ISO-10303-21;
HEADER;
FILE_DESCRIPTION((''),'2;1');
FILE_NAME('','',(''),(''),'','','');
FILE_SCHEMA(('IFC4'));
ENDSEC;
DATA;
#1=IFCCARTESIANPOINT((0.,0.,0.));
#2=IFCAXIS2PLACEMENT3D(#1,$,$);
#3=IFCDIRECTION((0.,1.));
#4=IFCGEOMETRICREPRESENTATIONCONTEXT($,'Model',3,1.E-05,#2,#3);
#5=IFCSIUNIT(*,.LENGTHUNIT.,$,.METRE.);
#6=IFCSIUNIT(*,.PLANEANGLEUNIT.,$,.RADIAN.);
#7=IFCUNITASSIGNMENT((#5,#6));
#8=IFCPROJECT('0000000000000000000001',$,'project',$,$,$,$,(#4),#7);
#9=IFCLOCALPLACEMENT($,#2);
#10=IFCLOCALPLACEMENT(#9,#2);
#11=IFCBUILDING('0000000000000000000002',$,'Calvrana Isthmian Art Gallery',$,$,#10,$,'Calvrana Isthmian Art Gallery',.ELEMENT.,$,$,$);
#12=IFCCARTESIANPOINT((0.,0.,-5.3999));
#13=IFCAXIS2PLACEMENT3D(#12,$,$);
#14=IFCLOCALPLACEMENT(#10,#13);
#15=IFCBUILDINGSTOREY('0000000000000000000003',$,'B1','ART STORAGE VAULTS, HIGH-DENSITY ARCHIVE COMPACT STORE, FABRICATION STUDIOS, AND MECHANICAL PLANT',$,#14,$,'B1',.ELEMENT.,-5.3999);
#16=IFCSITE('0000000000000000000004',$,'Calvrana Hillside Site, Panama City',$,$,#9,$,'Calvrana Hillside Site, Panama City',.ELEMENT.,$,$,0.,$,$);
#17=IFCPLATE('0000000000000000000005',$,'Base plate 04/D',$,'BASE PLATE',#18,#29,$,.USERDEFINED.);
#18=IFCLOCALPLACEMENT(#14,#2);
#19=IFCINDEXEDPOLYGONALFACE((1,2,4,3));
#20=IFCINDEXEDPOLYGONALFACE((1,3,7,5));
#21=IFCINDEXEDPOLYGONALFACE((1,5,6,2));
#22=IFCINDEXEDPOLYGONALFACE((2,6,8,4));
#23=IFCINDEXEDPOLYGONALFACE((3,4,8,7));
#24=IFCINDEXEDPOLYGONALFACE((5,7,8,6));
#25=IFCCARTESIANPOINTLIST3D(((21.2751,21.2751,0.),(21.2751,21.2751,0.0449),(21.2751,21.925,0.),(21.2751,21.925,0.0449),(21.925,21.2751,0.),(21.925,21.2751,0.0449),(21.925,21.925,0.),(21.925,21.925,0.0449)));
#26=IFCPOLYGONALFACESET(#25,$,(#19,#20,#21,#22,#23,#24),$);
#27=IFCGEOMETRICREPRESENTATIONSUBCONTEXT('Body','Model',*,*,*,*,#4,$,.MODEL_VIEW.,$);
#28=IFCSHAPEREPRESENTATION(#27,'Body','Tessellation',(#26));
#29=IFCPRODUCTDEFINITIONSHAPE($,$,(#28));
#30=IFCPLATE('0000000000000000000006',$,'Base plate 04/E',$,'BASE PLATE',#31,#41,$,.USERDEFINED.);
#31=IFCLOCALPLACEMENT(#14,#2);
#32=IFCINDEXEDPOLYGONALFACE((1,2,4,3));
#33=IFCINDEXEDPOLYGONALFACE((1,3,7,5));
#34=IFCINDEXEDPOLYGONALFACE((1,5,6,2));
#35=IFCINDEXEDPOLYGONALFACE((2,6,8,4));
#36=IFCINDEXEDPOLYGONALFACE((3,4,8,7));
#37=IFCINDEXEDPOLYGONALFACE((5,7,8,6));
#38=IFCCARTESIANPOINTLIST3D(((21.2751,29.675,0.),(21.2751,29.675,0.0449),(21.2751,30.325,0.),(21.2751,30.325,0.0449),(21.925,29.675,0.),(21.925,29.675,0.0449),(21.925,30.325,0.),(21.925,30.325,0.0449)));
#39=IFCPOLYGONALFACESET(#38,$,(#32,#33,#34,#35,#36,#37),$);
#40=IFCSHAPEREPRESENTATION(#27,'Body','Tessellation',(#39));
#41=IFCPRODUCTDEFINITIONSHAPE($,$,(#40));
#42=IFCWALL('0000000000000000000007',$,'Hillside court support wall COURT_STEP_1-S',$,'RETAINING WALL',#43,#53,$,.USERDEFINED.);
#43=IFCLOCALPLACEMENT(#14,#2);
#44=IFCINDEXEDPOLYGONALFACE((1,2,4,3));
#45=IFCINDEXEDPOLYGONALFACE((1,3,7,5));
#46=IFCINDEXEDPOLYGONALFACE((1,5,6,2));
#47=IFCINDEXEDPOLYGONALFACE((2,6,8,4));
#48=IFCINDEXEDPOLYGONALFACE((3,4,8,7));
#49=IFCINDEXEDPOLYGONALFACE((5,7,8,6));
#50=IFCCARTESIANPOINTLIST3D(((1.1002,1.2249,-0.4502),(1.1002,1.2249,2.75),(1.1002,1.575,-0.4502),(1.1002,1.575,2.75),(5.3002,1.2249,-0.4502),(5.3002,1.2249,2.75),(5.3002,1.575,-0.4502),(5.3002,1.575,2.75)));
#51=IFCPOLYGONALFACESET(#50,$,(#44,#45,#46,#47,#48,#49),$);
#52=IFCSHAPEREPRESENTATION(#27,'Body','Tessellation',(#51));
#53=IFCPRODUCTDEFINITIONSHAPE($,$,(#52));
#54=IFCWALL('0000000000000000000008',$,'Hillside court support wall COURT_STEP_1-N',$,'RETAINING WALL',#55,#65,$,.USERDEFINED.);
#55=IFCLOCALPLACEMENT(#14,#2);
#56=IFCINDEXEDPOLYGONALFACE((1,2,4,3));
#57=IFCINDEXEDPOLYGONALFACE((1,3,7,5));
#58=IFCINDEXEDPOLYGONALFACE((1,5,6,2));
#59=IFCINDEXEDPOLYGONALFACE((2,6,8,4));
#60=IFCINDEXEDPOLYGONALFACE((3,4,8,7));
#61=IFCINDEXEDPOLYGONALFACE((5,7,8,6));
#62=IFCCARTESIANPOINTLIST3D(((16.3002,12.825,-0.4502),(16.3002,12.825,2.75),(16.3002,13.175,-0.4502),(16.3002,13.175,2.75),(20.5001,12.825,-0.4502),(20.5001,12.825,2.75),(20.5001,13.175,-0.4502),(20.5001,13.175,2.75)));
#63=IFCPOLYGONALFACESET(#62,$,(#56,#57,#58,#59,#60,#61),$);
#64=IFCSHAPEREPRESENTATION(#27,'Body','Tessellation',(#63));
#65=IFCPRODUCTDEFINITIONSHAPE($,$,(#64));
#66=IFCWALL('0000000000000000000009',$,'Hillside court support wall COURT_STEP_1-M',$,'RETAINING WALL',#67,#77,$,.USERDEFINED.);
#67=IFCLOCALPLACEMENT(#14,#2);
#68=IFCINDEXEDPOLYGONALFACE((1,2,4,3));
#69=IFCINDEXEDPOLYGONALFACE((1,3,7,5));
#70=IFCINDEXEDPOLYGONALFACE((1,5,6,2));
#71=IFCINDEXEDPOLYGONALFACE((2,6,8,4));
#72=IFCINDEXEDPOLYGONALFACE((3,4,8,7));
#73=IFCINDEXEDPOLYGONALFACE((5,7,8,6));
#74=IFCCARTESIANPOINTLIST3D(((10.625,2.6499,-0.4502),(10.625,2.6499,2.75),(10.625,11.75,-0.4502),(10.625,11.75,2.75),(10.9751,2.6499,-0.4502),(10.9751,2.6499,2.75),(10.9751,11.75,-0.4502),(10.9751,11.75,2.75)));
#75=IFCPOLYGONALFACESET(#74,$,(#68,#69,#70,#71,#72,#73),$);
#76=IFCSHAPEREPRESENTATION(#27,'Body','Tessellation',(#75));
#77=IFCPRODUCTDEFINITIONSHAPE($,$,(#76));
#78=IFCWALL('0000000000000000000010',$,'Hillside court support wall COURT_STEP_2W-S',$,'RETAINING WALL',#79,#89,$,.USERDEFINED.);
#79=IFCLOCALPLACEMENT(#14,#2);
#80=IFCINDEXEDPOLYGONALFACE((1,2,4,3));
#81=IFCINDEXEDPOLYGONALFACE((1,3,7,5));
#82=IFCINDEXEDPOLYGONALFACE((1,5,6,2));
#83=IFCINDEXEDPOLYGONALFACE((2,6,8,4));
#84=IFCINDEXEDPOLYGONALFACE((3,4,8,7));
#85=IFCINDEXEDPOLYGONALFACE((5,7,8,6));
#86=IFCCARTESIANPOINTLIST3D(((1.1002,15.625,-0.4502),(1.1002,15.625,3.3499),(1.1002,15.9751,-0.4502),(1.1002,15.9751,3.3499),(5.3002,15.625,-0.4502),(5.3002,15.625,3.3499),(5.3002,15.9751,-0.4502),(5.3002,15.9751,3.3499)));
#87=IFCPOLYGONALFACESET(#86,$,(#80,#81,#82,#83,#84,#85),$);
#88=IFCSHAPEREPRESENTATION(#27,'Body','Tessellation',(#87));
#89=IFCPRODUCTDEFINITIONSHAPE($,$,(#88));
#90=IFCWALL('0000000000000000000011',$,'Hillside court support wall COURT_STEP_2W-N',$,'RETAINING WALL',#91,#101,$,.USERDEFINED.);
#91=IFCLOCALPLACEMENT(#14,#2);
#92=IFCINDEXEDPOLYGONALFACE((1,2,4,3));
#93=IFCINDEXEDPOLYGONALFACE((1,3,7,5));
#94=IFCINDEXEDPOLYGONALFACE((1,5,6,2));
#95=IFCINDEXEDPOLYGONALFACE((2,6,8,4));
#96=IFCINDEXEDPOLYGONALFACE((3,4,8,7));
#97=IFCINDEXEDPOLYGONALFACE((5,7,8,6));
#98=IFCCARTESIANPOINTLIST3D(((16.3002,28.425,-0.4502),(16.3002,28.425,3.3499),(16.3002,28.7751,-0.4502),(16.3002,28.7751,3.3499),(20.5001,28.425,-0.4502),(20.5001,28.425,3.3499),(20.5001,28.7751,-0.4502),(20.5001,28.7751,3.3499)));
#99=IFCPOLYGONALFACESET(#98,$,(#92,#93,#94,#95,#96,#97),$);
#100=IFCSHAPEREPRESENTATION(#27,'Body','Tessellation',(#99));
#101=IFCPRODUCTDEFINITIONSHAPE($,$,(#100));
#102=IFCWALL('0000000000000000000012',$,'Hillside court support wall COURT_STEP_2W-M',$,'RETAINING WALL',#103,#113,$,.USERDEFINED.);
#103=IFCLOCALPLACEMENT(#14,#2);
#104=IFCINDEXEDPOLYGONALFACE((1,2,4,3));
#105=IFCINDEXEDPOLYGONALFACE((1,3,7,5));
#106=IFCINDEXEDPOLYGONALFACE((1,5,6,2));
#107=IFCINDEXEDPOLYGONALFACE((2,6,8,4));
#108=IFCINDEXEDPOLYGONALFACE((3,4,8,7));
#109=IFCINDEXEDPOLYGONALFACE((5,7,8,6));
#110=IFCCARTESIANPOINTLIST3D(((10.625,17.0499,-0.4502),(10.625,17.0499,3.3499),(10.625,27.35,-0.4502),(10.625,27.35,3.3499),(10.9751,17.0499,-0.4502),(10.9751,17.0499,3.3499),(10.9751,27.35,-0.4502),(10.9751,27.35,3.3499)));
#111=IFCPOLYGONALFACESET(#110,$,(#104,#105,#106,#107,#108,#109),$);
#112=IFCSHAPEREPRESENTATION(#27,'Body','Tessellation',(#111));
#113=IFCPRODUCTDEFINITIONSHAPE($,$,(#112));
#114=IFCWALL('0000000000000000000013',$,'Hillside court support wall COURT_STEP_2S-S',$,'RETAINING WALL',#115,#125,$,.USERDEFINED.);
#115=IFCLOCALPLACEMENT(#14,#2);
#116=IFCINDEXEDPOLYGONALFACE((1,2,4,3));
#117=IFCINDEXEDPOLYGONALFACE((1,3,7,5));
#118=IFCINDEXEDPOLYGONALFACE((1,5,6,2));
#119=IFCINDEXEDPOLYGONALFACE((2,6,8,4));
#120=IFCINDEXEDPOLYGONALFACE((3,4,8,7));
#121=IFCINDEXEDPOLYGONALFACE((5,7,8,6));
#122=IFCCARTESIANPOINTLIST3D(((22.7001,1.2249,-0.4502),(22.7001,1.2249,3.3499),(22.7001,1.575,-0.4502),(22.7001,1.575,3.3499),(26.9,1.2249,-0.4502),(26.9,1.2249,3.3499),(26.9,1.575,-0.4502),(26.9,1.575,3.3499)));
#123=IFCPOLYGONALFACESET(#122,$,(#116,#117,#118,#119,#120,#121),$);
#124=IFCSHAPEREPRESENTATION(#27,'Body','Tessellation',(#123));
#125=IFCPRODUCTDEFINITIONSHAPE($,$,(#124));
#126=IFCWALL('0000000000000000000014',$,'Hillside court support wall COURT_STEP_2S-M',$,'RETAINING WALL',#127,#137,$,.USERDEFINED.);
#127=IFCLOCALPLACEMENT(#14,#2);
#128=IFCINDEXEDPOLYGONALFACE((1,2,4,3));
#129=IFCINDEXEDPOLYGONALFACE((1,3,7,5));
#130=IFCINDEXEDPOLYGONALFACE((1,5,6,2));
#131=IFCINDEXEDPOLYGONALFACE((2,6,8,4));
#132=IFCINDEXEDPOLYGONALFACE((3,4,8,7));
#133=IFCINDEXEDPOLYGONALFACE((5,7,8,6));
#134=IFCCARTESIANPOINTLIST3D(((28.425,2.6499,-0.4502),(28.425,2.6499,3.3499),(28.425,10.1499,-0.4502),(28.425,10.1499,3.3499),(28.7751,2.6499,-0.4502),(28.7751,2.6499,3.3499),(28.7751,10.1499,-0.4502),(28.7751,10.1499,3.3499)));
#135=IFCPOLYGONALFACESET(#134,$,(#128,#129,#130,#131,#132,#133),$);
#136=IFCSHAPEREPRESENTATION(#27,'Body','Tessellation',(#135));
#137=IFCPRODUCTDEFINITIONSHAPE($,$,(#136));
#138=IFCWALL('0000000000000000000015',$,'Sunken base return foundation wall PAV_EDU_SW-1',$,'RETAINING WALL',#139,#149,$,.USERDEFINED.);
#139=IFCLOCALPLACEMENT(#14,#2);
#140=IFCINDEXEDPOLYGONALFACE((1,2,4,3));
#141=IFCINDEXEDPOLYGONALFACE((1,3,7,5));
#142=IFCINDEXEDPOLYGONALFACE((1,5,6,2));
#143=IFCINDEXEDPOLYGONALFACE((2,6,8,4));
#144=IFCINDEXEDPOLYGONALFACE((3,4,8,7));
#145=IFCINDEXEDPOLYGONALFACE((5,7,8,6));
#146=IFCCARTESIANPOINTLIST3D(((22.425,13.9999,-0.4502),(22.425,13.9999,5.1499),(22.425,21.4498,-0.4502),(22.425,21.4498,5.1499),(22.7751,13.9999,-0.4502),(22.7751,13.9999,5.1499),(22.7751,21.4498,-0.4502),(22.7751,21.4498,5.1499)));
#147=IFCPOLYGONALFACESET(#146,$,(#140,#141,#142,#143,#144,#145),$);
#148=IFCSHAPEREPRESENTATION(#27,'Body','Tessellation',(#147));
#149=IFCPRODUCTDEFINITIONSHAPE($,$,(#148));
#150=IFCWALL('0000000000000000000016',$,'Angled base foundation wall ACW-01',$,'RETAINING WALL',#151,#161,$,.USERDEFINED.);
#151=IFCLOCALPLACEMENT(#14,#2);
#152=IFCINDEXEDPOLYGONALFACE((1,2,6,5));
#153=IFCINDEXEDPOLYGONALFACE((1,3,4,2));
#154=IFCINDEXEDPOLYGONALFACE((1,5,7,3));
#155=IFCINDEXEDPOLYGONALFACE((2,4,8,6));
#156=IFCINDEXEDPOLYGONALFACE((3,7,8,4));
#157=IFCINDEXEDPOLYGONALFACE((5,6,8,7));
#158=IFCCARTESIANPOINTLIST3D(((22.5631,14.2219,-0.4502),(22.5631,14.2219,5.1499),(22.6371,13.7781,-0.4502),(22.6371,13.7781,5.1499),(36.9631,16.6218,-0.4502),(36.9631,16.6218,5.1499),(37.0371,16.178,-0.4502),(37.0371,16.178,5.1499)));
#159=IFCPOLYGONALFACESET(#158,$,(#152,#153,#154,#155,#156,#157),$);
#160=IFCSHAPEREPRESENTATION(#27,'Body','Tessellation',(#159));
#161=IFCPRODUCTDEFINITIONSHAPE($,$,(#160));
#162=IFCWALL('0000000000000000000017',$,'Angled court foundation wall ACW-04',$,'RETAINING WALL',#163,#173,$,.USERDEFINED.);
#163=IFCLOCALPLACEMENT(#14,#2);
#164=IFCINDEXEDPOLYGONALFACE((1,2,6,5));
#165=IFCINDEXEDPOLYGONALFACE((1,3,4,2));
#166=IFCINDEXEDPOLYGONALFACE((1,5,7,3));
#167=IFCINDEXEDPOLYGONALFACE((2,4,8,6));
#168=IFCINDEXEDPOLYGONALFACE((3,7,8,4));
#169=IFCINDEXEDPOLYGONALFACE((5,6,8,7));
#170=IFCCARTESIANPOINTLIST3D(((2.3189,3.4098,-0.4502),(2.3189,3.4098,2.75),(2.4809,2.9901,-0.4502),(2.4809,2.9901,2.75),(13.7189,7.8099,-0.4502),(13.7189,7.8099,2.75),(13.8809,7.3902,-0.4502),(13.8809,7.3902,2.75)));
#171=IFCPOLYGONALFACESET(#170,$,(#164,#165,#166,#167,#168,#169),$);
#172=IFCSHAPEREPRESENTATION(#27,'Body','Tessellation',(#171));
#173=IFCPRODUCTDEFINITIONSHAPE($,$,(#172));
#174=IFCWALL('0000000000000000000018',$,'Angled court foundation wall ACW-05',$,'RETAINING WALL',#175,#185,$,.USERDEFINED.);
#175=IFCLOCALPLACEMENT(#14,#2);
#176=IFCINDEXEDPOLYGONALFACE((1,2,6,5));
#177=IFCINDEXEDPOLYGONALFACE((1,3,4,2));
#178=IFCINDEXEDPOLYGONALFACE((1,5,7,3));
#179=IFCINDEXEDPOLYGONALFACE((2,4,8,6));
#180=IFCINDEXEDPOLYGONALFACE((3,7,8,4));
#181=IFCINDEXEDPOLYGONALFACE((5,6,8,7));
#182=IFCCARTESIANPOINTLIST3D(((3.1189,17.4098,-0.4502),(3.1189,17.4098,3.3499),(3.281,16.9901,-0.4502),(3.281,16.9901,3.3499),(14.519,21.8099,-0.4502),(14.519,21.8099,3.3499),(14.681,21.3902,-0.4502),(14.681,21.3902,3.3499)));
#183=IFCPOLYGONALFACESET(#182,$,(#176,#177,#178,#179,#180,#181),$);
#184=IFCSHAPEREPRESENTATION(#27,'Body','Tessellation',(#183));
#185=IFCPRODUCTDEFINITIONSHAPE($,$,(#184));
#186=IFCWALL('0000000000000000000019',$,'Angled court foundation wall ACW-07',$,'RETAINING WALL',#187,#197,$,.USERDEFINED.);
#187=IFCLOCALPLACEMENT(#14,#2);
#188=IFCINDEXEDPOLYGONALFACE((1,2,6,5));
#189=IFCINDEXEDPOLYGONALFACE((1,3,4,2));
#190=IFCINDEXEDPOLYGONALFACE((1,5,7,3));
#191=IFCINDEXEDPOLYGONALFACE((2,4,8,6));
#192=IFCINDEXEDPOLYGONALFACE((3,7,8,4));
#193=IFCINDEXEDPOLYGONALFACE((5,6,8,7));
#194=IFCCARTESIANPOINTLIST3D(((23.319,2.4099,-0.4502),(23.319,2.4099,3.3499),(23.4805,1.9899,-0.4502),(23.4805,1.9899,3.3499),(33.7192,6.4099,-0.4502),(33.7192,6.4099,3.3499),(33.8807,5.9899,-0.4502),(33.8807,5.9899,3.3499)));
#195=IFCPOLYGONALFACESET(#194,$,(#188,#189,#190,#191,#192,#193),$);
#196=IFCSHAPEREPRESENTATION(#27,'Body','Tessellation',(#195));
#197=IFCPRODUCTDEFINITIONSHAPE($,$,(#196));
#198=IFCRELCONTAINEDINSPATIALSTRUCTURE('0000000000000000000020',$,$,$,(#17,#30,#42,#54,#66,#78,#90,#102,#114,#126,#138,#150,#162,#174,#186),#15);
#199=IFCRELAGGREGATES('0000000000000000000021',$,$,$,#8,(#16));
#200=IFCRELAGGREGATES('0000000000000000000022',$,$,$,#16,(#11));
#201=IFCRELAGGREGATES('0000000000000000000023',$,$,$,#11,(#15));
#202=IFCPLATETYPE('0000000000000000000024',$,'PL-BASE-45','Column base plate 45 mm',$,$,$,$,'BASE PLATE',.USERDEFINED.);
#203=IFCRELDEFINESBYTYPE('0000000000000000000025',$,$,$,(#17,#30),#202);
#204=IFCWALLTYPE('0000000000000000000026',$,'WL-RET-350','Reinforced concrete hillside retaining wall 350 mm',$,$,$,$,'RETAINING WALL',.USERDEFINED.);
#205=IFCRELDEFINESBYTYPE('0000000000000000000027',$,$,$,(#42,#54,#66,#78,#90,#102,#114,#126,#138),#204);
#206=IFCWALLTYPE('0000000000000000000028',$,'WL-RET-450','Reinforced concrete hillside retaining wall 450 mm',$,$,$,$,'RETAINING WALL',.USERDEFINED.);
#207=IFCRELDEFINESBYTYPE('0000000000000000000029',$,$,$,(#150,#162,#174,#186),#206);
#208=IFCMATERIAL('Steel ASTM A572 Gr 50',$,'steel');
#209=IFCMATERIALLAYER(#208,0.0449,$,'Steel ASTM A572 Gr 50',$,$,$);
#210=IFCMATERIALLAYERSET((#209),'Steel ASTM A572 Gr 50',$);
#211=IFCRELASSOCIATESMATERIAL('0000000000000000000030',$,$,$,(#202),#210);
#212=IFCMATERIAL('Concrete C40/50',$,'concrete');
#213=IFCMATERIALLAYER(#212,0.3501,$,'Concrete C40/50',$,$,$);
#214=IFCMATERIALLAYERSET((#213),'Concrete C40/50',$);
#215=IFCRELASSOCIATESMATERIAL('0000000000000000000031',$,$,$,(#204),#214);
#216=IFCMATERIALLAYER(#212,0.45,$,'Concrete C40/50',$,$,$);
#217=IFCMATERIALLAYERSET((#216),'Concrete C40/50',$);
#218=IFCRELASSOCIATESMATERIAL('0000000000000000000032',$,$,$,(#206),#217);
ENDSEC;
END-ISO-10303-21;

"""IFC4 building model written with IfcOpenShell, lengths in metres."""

from ifc_helpers import new_model, si_unit, direction, frame, frame_2d, origin, origin_2d, place, context, subcontext, project, spatial, rectangle, extrude, material, layer, layer_set, type_object, element, save


model = new_model("IFC4")

# Units and contexts
model_context = context("Model", 3, precision=1e-05, world=origin(), true_north=direction((0.0, 1.0)))
body_context = subcontext(model_context, "Body", "Model", "MODEL_VIEW")
ifc_project = project(units=[si_unit("LENGTHUNIT", "METRE"), si_unit("PLANEANGLEUNIT", "RADIAN")], contexts=[model_context])

# Site, building, storey
site_placement = place(None, origin())
site = spatial("IfcSite", under=ifc_project, at=site_placement, Name="Calvrana Hillside Site, Panama City", LongName="Calvrana Hillside Site, Panama City", CompositionType="ELEMENT", RefElevation=0.0)
building_placement = place(site_placement, origin())
building = spatial("IfcBuilding", under=site, at=building_placement, Name="Calvrana Isthmian Art Gallery", LongName="Calvrana Isthmian Art Gallery", CompositionType="ELEMENT")
storey_placement = place(building_placement, frame((0.0, 0.0, -5.3999)))
storey = spatial("IfcBuildingStorey", under=building, at=storey_placement, Name="B1", Description="ART STORAGE VAULTS, HIGH-DENSITY ARCHIVE COMPACT STORE, FABRICATION STUDIOS, AND MECHANICAL PLANT", LongName="B1", CompositionType="ELEMENT", Elevation=-5.3999)

# Shared definitions
ifc_material_1 = material(Name="Concrete C40/50", Category="concrete")

# Plates
ifc_material_2 = material(Name="Steel ASTM A572 Gr 50", Category="steel")
ifc_layer_1 = layer(ifc_material_2, 0.0449, Name="Steel ASTM A572 Gr 50")
ifc_layer_set_1 = layer_set([ifc_layer_1], Name="Steel ASTM A572 Gr 50")
plate_type = type_object("IfcPlateType", Name="PL-BASE-45", Description="Column base plate 45 mm", ElementType="BASE PLATE", PredefinedType="USERDEFINED", material=ifc_layer_set_1)
for number, where, z_axis, x_axis, name in (
    (1, (21.6001, 21.6001, 0.0), (0.0, 0.0, 1.0), (1.0, 0.0, 0.0), "Base plate 04/D"),
    (2, (21.6001, 30.0, 0.0), (0.0, 0.0, 1.0), (1.0, 0.0, 0.0), "Base plate 04/E"),
):
    element("IfcPlate", number, at=place(storey_placement, frame(where, z_axis=z_axis, x_axis=x_axis)), inside=storey, type_object=plate_type, Name=name, ObjectType="BASE PLATE", PredefinedType="USERDEFINED", context=body_context, shape_type="SweptSolid", body=[
        extrude(rectangle(XDim=0.6499, YDim=0.6499, at=origin_2d()), origin(), (0.0, 0.0, 1.0), 0.0449),
    ])

# Walls
ifc_layer_2 = layer(ifc_material_1, 0.3501, Name="Concrete C40/50")
ifc_layer_set_2 = layer_set([ifc_layer_2], Name="Concrete C40/50")
wall_type_1 = type_object("IfcWallType", Name="WL-RET-350", Description="Reinforced concrete hillside retaining wall 350 mm", ElementType="RETAINING WALL", PredefinedType="USERDEFINED", material=ifc_layer_set_2)
for number, where, z_axis, x_axis, name in (
    (3, (1.1001, 1.3999, -0.4502), (0.0, 0.0, 1.0), (1.0, 0.0, 0.0), "Hillside court support wall COURT_STEP_1-S"),
    (4, (16.3, 13.0, -0.4502), (0.0, 0.0, 1.0), (1.0, 0.0, 0.0), "Hillside court support wall COURT_STEP_1-N"),
):
    element("IfcWall", number, at=place(storey_placement, frame(where, z_axis=z_axis, x_axis=x_axis)), inside=storey, type_object=wall_type_1, Name=name, ObjectType="RETAINING WALL", PredefinedType="USERDEFINED", context=body_context, shape_type="SweptSolid", body=[
        extrude(rectangle(XDim=4.2, YDim=0.3501, at=frame_2d((2.1001, 0.0))), origin(), (0.0, 0.0, 1.0), 3.2002),
    ])
wall_1_placement = place(storey_placement, frame((10.8, 2.6499, -0.4502), z_axis=(0.0, 0.0, 1.0), x_axis=(0.0, 1.0, 0.0)))
element("IfcWall", 5, at=wall_1_placement, inside=storey, type_object=wall_type_1, Name="Hillside court support wall COURT_STEP_1-M", ObjectType="RETAINING WALL", PredefinedType="USERDEFINED", context=body_context, shape_type="SweptSolid", body=[
    extrude(rectangle(XDim=9.1001, YDim=0.3501, at=frame_2d((4.55, 0.0))), origin(), (0.0, 0.0, 1.0), 3.2002),
])
for number, where, z_axis, x_axis, name in (
    (6, (1.1001, 15.8, -0.4502), (0.0, 0.0, 1.0), (1.0, 0.0, 0.0), "Hillside court support wall COURT_STEP_2W-S"),
    (7, (16.3, 28.6001, -0.4502), (0.0, 0.0, 1.0), (1.0, 0.0, 0.0), "Hillside court support wall COURT_STEP_2W-N"),
):
    element("IfcWall", number, at=place(storey_placement, frame(where, z_axis=z_axis, x_axis=x_axis)), inside=storey, type_object=wall_type_1, Name=name, ObjectType="RETAINING WALL", PredefinedType="USERDEFINED", context=body_context, shape_type="SweptSolid", body=[
        extrude(rectangle(XDim=4.2, YDim=0.3501, at=frame_2d((2.1001, 0.0))), origin(), (0.0, 0.0, 1.0), 3.8),
    ])
wall_2_placement = place(storey_placement, frame((10.8, 17.05, -0.4502), z_axis=(0.0, 0.0, 1.0), x_axis=(0.0, 1.0, 0.0)))
element("IfcWall", 8, at=wall_2_placement, inside=storey, type_object=wall_type_1, Name="Hillside court support wall COURT_STEP_2W-M", ObjectType="RETAINING WALL", PredefinedType="USERDEFINED", context=body_context, shape_type="SweptSolid", body=[
    extrude(rectangle(XDim=10.3, YDim=0.3501, at=frame_2d((5.1499, 0.0))), origin(), (0.0, 0.0, 1.0), 3.8),
])
wall_3_placement = place(storey_placement, frame((22.7, 1.3999, -0.4502), z_axis=(0.0, 0.0, 1.0), x_axis=(1.0, 0.0, 0.0)))
element("IfcWall", 9, at=wall_3_placement, inside=storey, type_object=wall_type_1, Name="Hillside court support wall COURT_STEP_2S-S", ObjectType="RETAINING WALL", PredefinedType="USERDEFINED", context=body_context, shape_type="SweptSolid", body=[
    extrude(rectangle(XDim=4.2, YDim=0.3501, at=frame_2d((2.1001, 0.0))), origin(), (0.0, 0.0, 1.0), 3.8),
])
wall_4_placement = place(storey_placement, frame((28.6001, 2.6499, -0.4502), z_axis=(0.0, 0.0, 1.0), x_axis=(0.0, 1.0, 0.0)))
element("IfcWall", 10, at=wall_4_placement, inside=storey, type_object=wall_type_1, Name="Hillside court support wall COURT_STEP_2S-M", ObjectType="RETAINING WALL", PredefinedType="USERDEFINED", context=body_context, shape_type="SweptSolid", body=[
    extrude(rectangle(XDim=7.5, YDim=0.3501, at=frame_2d((3.75, 0.0))), origin(), (0.0, 0.0, 1.0), 3.8),
])
wall_5_placement = place(storey_placement, frame((22.6001, 21.45, -0.4502), z_axis=(0.0, 0.0, 1.0), x_axis=(0.0, -1.0, 0.0)))
element("IfcWall", 11, at=wall_5_placement, inside=storey, type_object=wall_type_1, Name="Sunken base return foundation wall PAV_EDU_SW-1", ObjectType="RETAINING WALL", PredefinedType="USERDEFINED", context=body_context, shape_type="SweptSolid", body=[
    extrude(rectangle(XDim=7.45, YDim=0.3501, at=frame_2d((3.7251, 0.0))), origin(), (0.0, 0.0, 1.0), 5.6001),
])
ifc_layer_3 = layer(ifc_material_1, 0.45, Name="Concrete C40/50")
ifc_layer_set_3 = layer_set([ifc_layer_3], Name="Concrete C40/50")
wall_type_2 = type_object("IfcWallType", Name="WL-RET-450", Description="Reinforced concrete hillside retaining wall 450 mm", ElementType="RETAINING WALL", PredefinedType="USERDEFINED", material=ifc_layer_set_3)
wall_6_placement = place(storey_placement, frame((22.6001, 14.0, -0.4502), z_axis=(0.0, 0.0, 1.0), x_axis=(0.986395, 0.164394, 0.0)))
element("IfcWall", 12, at=wall_6_placement, inside=storey, type_object=wall_type_2, Name="Angled base foundation wall ACW-01", ObjectType="RETAINING WALL", PredefinedType="USERDEFINED", context=body_context, shape_type="SweptSolid", body=[
    extrude(rectangle(XDim=14.5986, YDim=0.45, at=frame_2d((7.2993, 0.0))), origin(), (0.0, 0.0, 1.0), 5.6001),
])
wall_7_placement = place(storey_placement, frame((2.3999, 3.2, -0.4502), z_axis=(0.0, 0.0, 1.0), x_axis=(0.932921, 0.360082, 0.0)))
element("IfcWall", 13, at=wall_7_placement, inside=storey, type_object=wall_type_2, Name="Angled court foundation wall ACW-04", ObjectType="RETAINING WALL", PredefinedType="USERDEFINED", context=body_context, shape_type="SweptSolid", body=[
    extrude(rectangle(XDim=12.2197, YDim=0.45, at=frame_2d((6.1099, 0.0))), origin(), (0.0, 0.0, 1.0), 3.2002),
])
wall_8_placement = place(storey_placement, frame((3.2, 17.2, -0.4502), z_axis=(0.0, 0.0, 1.0), x_axis=(0.932921, 0.360082, 0.0)))
element("IfcWall", 14, at=wall_8_placement, inside=storey, type_object=wall_type_2, Name="Angled court foundation wall ACW-05", ObjectType="RETAINING WALL", PredefinedType="USERDEFINED", context=body_context, shape_type="SweptSolid", body=[
    extrude(rectangle(XDim=12.2197, YDim=0.45, at=frame_2d((6.1099, 0.0))), origin(), (0.0, 0.0, 1.0), 3.8),
])
wall_9_placement = place(storey_placement, frame((23.3999, 2.2, -0.4502), z_axis=(0.0, 0.0, 1.0), x_axis=(0.933347, 0.358975, 0.0)))
element("IfcWall", 15, at=wall_9_placement, inside=storey, type_object=wall_type_2, Name="Angled court foundation wall ACW-07", ObjectType="RETAINING WALL", PredefinedType="USERDEFINED", context=body_context, shape_type="SweptSolid", body=[
    extrude(rectangle(XDim=11.1428, YDim=0.45, at=frame_2d((5.5713, 0.0))), origin(), (0.0, 0.0, 1.0), 3.8),
])

save(model, "model.ifc")
